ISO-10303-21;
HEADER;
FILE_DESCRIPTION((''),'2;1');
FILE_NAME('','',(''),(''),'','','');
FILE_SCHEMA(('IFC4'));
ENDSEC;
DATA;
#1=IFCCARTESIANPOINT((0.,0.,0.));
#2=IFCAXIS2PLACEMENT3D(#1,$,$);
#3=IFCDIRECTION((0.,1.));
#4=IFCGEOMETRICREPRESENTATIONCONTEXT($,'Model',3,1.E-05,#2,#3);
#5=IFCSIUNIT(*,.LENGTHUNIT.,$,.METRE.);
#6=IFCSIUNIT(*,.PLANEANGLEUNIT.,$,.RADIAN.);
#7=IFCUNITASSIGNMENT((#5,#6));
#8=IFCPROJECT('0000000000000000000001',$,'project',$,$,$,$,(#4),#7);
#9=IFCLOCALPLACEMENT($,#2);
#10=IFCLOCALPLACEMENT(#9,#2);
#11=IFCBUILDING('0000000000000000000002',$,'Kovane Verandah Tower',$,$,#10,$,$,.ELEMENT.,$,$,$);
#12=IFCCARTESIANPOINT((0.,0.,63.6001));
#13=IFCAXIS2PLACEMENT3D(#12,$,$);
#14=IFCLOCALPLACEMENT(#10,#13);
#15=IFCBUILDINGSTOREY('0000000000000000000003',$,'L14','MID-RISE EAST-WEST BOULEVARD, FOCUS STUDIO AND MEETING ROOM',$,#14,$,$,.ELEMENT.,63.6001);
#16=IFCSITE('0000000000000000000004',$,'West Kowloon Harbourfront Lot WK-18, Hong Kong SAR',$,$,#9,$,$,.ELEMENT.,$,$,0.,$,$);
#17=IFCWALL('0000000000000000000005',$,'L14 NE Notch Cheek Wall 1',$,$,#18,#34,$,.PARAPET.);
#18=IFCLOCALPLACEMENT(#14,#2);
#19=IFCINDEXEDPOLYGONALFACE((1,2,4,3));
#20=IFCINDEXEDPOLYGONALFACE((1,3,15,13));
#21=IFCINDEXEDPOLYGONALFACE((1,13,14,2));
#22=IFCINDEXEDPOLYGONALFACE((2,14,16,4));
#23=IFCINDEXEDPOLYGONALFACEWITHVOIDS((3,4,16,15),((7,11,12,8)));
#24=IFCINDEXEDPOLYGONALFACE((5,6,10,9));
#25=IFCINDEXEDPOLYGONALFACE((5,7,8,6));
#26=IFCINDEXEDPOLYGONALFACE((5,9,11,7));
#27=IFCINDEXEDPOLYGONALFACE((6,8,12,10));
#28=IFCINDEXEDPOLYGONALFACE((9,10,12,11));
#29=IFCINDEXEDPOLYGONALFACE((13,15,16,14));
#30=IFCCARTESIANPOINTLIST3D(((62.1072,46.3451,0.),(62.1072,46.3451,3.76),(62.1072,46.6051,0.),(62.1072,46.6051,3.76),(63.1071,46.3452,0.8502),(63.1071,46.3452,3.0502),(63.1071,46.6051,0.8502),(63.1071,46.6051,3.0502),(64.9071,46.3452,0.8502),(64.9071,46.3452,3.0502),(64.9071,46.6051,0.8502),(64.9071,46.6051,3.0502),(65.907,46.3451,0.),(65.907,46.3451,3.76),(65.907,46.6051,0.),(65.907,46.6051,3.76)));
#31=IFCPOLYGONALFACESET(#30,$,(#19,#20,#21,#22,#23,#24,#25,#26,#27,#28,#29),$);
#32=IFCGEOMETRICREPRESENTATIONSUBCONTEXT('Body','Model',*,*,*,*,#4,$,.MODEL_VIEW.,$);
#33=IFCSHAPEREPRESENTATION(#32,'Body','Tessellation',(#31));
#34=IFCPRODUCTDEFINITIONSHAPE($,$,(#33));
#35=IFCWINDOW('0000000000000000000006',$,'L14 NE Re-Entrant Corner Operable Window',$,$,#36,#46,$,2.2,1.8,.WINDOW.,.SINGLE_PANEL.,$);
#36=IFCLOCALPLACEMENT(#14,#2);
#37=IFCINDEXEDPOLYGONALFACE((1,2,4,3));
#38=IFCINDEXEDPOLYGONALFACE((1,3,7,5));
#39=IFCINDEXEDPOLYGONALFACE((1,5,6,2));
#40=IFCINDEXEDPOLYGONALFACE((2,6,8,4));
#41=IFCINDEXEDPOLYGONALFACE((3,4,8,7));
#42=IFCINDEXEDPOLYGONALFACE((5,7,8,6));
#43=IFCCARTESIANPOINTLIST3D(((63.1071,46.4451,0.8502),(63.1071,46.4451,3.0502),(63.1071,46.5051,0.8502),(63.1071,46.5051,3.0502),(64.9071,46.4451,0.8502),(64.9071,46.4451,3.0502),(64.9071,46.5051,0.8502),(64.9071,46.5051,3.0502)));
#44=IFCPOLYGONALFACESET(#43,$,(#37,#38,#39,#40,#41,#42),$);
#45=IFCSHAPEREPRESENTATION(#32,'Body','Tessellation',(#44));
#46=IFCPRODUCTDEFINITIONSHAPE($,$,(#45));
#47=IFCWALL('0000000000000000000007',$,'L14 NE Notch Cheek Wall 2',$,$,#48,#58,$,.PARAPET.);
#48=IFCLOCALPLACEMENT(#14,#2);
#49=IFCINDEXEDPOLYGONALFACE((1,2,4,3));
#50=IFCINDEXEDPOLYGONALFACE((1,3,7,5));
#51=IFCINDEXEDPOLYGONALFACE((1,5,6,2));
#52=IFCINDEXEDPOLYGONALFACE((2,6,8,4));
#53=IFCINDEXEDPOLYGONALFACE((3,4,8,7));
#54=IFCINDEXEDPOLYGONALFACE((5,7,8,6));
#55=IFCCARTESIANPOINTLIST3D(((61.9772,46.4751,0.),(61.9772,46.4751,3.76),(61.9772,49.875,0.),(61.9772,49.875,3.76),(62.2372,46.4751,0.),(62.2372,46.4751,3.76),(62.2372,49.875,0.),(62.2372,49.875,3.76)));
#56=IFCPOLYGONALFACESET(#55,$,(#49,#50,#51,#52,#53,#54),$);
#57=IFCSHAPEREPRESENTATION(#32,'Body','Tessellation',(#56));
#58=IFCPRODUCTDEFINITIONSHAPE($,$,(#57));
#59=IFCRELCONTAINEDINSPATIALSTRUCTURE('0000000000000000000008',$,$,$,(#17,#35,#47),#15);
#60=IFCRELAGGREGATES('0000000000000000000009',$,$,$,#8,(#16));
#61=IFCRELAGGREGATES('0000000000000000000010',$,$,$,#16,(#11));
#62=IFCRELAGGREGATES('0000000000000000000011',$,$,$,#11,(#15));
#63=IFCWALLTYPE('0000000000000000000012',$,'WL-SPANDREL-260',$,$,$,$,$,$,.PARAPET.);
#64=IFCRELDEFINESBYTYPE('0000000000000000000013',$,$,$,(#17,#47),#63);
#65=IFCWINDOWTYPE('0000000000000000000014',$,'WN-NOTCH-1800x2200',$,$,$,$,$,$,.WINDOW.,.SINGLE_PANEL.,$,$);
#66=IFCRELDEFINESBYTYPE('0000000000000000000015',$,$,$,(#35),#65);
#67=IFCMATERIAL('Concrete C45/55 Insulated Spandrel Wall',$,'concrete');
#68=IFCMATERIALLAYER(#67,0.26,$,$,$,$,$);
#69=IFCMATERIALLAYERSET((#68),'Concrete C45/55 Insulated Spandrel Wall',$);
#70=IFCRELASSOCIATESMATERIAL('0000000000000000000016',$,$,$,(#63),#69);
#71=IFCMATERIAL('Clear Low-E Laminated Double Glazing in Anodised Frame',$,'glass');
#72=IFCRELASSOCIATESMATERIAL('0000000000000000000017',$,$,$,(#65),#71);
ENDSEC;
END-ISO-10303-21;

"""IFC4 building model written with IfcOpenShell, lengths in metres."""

from ifc_helpers import new_model, si_unit, direction, frame, frame_2d, origin, place, context, subcontext, project, spatial, rectangle, extrude, material, layer, layer_set, type_object, element, fill, save


model = new_model("IFC4")

# Units and contexts
model_context = context("Model", 3, precision=1e-05, world=origin(), true_north=direction((0.0, 1.0)))
body_context = subcontext(model_context, "Body", "Model", "MODEL_VIEW")
ifc_project = project(units=[si_unit("LENGTHUNIT", "METRE"), si_unit("PLANEANGLEUNIT", "RADIAN")], contexts=[model_context])

# Site, building, storey
site_placement = place(None, origin())
site = spatial("IfcSite", under=ifc_project, at=site_placement, Name="West Kowloon Harbourfront Lot WK-18, Hong Kong SAR", CompositionType="ELEMENT", RefElevation=0.0)
building_placement = place(site_placement, origin())
building = spatial("IfcBuilding", under=site, at=building_placement, Name="Kovane Verandah Tower", CompositionType="ELEMENT")
storey_placement = place(building_placement, frame((0.0, 0.0, 63.6001)))
storey = spatial("IfcBuildingStorey", under=building, at=storey_placement, Name="L14", Description="MID-RISE EAST-WEST BOULEVARD, FOCUS STUDIO AND MEETING ROOM", CompositionType="ELEMENT", Elevation=63.6001)

# Shared definitions
ifc_material_1 = material(Name="Concrete C45/55 Insulated Spandrel Wall", Category="concrete")
ifc_layer_1 = layer(ifc_material_1, 0.26)
ifc_layer_set_1 = layer_set([ifc_layer_1], Name="Concrete C45/55 Insulated Spandrel Wall")
wall_type = type_object("IfcWallType", Name="WL-SPANDREL-260", PredefinedType="PARAPET", material=ifc_layer_set_1)
ifc_material_2 = material(Name="Clear Low-E Laminated Double Glazing in Anodised Frame", Category="glass")
window_type = type_object("IfcWindowType", Name="WN-NOTCH-1800x2200", PartitioningType="SINGLE_PANEL", PredefinedType="WINDOW", material=ifc_material_2)

# Wall, opening, window
wall_1_placement = place(storey_placement, frame((65.907, 46.4751, 0.0), z_axis=(0.0, 0.0, 1.0), x_axis=(-1.0, 0.0, 0.0)))
wall_1 = element("IfcWall", 1, at=wall_1_placement, inside=storey, type_object=wall_type, Name="L14 NE Notch Cheek Wall 1", PredefinedType="PARAPET", context=body_context, shape_type="SweptSolid", body=[
    extrude(rectangle(XDim=3.7998, YDim=0.26, at=frame_2d((1.8999, 0.0))), origin(), (0.0, 0.0, 1.0), 3.76),
])
opening_1_placement = place(wall_1_placement, frame((1.0, 0.0, 0.8501)))
opening_1 = element("IfcOpeningElement", 2, at=opening_1_placement, cuts=wall_1, PredefinedType="OPENING", context=body_context, shape_type="SweptSolid", body=[
    extrude(rectangle(XDim=1.8, YDim=2.2, at=frame_2d((0.8999, 1.1001))), frame((0.0, 0.1299, 0.0), z_axis=(0.0, -1.0, 0.0), x_axis=(1.0, 0.0, 0.0)), (0.0, 0.0, 1.0), 0.26),
])
window_1_placement = place(opening_1_placement, origin())
window_1 = element("IfcWindow", 3, at=window_1_placement, inside=storey, type_object=window_type, Name="L14 NE Re-Entrant Corner Operable Window", OverallHeight=2.2, OverallWidth=1.8, PartitioningType="SINGLE_PANEL", PredefinedType="WINDOW", context=body_context, shape_type="SweptSolid", body=[
    extrude(rectangle(XDim=1.8, YDim=2.2, at=frame_2d((0.8999, 1.1001))), frame((0.0, 0.03, 0.0), z_axis=(0.0, -1.0, 0.0), x_axis=(1.0, 0.0, 0.0)), (0.0, 0.0, 1.0), 0.0601),
])
fill(opening_1, window_1)

# Wall
wall_2_placement = place(storey_placement, frame((62.1072, 46.4751, 0.0), z_axis=(0.0, 0.0, 1.0), x_axis=(0.0, 1.0, 0.0)))
element("IfcWall", 4, at=wall_2_placement, inside=storey, type_object=wall_type, Name="L14 NE Notch Cheek Wall 2", PredefinedType="PARAPET", context=body_context, shape_type="SweptSolid", body=[
    extrude(rectangle(XDim=3.3999, YDim=0.26, at=frame_2d((1.7, 0.0))), origin(), (0.0, 0.0, 1.0), 3.76),
])

save(model, "model.ifc")
